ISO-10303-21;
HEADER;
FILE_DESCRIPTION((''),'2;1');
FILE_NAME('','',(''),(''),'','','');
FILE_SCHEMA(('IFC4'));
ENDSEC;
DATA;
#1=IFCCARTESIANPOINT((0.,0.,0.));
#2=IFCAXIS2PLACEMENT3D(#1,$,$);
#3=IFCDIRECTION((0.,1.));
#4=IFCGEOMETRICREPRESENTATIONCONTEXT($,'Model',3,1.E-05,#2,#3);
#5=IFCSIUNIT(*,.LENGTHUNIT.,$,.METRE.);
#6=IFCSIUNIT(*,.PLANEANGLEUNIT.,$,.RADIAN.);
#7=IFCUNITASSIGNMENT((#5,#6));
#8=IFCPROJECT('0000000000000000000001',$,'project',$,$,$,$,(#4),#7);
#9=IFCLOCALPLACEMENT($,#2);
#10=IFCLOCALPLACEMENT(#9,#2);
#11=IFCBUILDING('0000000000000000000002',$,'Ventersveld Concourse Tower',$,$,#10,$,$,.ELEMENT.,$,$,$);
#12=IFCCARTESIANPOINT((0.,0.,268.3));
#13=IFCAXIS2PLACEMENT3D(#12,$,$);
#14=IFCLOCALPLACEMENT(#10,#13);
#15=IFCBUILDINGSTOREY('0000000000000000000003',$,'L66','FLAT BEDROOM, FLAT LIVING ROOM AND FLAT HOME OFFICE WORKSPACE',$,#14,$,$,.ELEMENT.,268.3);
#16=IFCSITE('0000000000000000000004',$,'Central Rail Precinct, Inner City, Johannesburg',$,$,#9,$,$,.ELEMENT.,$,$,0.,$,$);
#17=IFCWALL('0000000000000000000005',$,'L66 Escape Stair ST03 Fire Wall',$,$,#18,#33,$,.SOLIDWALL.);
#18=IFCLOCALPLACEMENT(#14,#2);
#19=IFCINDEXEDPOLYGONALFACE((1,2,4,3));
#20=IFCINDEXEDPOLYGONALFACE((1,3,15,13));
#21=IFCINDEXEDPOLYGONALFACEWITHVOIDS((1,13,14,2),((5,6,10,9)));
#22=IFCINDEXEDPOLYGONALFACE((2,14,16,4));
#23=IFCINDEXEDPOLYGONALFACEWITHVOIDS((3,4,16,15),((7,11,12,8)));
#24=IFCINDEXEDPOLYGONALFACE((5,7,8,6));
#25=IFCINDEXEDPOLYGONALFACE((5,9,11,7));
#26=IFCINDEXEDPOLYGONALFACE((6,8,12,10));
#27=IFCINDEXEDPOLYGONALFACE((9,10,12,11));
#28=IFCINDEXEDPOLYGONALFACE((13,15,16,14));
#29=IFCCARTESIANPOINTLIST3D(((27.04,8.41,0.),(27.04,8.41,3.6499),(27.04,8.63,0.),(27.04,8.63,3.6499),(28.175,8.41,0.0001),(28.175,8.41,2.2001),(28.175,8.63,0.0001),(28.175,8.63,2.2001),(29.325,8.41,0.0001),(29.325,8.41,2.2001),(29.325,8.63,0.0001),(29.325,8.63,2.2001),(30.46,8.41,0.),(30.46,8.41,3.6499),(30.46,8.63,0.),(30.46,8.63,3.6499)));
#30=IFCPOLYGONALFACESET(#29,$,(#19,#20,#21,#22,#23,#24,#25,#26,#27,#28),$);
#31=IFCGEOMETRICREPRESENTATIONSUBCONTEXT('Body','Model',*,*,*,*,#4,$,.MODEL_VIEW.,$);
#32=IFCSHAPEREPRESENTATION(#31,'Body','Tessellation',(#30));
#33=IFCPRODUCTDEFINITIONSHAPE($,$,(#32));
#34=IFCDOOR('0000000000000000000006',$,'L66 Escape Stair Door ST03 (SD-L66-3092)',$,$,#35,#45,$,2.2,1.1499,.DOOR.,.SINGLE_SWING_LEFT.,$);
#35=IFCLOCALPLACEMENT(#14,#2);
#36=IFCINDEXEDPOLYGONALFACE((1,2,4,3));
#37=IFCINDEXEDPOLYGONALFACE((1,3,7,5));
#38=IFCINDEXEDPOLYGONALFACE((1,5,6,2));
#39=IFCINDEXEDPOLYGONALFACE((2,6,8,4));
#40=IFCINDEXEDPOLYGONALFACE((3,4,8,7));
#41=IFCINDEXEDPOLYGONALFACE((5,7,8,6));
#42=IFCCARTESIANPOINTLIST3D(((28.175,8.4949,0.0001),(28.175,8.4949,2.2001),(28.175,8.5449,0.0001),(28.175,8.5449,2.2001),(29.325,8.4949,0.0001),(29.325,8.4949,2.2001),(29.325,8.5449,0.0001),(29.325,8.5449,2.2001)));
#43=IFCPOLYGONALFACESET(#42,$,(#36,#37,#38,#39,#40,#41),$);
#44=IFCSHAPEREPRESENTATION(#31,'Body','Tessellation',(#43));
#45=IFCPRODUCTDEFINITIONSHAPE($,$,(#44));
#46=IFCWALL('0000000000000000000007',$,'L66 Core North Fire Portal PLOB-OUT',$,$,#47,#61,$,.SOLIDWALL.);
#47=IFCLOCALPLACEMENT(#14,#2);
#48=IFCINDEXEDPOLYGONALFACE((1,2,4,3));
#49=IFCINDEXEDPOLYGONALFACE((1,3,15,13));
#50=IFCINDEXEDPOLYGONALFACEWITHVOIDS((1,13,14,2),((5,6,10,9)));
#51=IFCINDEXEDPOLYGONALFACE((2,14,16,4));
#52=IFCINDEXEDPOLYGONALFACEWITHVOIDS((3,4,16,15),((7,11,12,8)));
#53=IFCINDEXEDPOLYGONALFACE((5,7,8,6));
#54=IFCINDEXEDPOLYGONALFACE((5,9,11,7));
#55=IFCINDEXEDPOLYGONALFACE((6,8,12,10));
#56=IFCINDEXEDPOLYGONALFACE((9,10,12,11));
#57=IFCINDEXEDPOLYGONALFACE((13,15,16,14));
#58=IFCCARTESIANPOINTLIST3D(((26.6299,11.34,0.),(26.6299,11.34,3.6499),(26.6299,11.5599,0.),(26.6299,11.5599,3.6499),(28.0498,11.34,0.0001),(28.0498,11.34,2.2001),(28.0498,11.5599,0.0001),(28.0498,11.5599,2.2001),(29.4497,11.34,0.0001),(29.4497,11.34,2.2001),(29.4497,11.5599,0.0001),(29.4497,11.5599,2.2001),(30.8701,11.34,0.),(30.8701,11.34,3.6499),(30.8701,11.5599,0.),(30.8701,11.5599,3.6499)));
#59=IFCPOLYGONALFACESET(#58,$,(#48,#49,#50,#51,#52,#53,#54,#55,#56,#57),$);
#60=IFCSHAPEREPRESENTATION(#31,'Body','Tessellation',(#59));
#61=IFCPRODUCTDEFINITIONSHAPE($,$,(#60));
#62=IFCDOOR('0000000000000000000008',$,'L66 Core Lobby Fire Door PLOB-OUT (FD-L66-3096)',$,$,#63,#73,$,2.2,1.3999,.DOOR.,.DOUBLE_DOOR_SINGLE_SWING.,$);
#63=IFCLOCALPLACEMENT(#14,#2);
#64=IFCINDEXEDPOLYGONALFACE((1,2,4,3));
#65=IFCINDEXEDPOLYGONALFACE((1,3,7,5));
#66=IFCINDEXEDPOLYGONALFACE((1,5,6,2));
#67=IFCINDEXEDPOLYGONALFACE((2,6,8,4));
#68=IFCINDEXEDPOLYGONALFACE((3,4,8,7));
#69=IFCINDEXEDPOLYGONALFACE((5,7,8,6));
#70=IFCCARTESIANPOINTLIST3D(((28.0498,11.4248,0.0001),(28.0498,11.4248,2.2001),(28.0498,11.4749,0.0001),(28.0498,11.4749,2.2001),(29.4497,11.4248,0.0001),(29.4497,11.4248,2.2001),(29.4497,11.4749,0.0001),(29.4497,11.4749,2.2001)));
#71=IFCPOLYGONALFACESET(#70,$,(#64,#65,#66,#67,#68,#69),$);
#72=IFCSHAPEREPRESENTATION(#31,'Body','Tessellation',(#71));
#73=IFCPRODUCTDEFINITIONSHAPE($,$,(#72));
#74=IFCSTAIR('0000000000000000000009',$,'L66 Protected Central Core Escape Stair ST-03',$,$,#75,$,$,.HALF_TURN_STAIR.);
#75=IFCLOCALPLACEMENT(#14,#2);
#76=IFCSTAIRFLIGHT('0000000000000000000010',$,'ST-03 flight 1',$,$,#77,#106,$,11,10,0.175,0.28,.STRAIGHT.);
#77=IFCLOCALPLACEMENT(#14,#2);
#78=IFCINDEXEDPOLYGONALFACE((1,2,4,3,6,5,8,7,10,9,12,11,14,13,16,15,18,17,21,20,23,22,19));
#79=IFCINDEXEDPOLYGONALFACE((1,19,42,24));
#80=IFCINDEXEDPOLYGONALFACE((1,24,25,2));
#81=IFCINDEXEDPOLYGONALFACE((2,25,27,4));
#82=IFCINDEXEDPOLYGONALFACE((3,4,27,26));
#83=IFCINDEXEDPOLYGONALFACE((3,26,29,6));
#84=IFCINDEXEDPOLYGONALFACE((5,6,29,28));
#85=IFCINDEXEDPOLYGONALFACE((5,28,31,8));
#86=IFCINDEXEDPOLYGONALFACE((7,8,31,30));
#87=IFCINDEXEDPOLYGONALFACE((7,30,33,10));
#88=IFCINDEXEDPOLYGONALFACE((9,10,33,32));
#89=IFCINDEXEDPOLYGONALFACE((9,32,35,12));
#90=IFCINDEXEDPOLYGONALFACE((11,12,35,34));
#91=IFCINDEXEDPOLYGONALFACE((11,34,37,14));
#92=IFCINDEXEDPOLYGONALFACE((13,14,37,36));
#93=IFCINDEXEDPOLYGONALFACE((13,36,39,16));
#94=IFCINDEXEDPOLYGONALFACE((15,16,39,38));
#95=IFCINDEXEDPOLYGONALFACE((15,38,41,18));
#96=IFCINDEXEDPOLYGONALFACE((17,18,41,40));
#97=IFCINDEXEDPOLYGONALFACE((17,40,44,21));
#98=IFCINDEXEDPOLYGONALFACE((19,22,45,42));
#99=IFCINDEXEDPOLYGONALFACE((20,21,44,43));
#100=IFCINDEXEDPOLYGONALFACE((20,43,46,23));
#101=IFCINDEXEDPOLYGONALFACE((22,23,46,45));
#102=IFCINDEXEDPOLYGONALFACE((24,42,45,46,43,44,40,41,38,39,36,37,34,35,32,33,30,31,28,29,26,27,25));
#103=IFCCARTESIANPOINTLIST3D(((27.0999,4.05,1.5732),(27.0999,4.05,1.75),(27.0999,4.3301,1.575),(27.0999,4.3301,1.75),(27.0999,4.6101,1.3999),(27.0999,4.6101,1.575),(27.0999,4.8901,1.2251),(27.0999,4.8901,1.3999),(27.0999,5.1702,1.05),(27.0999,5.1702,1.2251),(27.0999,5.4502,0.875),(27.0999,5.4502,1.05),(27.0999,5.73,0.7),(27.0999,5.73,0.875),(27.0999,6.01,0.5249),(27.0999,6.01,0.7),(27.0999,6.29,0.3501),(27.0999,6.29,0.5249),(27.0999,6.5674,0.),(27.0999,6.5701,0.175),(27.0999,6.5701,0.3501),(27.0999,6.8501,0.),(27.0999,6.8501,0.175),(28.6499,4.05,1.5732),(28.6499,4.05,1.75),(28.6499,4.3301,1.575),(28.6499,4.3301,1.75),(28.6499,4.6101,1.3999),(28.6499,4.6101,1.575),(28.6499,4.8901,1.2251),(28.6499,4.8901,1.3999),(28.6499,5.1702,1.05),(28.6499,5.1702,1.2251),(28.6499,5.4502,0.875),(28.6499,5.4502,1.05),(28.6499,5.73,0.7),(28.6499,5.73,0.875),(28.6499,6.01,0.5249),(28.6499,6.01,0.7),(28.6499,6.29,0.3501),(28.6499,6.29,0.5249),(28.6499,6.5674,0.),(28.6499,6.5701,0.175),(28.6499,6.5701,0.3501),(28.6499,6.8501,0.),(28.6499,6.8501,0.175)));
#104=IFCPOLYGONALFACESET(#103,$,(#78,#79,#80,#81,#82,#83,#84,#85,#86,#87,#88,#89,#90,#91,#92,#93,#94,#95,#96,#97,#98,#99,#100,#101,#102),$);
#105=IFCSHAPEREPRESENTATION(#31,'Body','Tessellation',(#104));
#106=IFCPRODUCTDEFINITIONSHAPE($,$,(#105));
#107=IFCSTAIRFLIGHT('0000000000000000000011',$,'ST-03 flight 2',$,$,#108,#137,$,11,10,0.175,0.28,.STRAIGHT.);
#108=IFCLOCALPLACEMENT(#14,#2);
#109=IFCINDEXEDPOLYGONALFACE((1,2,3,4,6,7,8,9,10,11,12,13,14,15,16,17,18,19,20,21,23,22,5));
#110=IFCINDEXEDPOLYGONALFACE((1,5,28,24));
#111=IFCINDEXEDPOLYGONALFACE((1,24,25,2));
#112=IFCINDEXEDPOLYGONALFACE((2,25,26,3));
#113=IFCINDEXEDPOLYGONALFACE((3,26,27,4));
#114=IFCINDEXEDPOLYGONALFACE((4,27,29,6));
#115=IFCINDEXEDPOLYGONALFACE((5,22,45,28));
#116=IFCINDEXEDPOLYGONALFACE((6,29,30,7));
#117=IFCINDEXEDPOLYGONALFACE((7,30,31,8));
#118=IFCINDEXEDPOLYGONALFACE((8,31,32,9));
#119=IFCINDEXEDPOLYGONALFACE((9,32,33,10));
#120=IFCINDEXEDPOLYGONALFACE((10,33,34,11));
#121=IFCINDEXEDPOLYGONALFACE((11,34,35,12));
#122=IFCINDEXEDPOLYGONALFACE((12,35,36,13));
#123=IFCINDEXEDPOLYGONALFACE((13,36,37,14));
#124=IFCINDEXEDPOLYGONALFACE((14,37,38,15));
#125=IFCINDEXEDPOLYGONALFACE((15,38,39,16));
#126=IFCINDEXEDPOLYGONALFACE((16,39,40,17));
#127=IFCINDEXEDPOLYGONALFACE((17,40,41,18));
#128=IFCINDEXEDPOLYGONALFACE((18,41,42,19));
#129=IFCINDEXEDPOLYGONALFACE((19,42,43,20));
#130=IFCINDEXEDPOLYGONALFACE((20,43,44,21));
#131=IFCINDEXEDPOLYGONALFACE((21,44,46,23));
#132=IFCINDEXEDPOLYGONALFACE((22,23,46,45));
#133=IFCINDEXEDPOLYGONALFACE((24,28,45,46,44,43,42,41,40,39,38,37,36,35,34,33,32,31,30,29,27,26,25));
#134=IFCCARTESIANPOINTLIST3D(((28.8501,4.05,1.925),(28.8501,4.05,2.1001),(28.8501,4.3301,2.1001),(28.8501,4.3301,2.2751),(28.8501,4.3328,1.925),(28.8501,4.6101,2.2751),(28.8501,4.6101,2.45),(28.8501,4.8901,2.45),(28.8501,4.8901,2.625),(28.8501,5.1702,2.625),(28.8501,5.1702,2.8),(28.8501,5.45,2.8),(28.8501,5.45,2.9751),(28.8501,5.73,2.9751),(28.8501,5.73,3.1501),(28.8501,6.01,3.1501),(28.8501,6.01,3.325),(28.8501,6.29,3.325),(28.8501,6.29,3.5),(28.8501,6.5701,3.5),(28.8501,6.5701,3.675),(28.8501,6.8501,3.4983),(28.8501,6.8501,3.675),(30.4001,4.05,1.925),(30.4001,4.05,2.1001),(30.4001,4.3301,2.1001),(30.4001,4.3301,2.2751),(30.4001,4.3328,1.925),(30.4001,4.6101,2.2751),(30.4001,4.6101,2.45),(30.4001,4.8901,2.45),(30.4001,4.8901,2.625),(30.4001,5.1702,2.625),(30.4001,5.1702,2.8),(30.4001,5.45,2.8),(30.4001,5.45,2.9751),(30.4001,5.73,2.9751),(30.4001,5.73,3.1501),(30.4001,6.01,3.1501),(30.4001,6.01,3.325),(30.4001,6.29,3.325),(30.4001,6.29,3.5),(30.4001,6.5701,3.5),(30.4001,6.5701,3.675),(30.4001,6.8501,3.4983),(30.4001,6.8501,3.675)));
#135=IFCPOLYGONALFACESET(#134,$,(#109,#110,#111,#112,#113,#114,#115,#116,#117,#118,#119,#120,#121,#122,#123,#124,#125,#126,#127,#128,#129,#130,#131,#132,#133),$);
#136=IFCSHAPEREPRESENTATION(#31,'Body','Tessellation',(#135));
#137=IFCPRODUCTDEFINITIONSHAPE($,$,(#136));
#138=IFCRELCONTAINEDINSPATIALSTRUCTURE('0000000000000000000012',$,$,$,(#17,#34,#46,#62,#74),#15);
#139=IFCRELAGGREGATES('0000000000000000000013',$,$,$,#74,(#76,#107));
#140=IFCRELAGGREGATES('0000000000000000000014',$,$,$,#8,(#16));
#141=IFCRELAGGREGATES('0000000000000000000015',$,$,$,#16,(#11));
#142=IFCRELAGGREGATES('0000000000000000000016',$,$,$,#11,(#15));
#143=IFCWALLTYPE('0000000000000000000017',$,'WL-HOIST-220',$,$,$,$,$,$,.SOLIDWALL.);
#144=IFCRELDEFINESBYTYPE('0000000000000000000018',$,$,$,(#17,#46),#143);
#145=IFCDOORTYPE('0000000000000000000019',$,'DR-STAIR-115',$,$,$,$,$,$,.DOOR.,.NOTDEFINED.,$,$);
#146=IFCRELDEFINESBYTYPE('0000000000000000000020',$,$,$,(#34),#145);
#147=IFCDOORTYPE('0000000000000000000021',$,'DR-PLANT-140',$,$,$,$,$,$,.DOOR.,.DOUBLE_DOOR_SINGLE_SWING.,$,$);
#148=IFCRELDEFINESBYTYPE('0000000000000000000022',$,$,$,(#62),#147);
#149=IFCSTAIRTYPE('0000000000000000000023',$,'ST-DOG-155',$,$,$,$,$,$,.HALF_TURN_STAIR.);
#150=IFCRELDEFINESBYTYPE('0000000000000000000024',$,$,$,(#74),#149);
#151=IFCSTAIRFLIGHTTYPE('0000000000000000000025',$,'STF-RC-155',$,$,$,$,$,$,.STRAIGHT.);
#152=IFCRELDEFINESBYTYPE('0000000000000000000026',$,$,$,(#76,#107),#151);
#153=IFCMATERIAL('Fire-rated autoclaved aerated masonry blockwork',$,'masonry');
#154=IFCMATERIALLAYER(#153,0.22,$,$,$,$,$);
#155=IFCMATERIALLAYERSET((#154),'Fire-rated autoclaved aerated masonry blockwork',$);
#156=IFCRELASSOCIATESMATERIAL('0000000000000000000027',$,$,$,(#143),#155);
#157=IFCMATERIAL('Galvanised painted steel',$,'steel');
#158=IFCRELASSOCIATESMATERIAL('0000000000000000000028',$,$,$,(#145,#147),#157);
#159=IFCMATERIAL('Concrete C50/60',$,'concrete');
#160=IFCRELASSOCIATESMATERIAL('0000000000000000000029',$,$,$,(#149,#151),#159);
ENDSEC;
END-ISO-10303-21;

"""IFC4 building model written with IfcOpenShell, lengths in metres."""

from ifc_helpers import new_model, si_unit, direction, frame, frame_2d, origin, place, context, subcontext, project, spatial, polyline, rectangle, outline, extrude, material, layer, layer_set, type_object, element, fill, aggregate, save


model = new_model("IFC4")

# Units and contexts
model_context = context("Model", 3, precision=1e-05, world=origin(), true_north=direction((0.0, 1.0)))
body_context = subcontext(model_context, "Body", "Model", "MODEL_VIEW")
ifc_project = project(units=[si_unit("LENGTHUNIT", "METRE"), si_unit("PLANEANGLEUNIT", "RADIAN")], contexts=[model_context])

# Site, building, storey
site_placement = place(None, origin())
site = spatial("IfcSite", under=ifc_project, at=site_placement, Name="Central Rail Precinct, Inner City, Johannesburg", CompositionType="ELEMENT", RefElevation=0.0)
building_placement = place(site_placement, origin())
building = spatial("IfcBuilding", under=site, at=building_placement, Name="Ventersveld Concourse Tower", CompositionType="ELEMENT")
storey_placement = place(building_placement, frame((0.0, 0.0, 268.3)))
storey = spatial("IfcBuildingStorey", under=building, at=storey_placement, Name="L66", Description="FLAT BEDROOM, FLAT LIVING ROOM AND FLAT HOME OFFICE WORKSPACE", CompositionType="ELEMENT", Elevation=268.3)

# Shared definitions
ifc_material_1 = material(Name="Concrete C50/60", Category="concrete")

# Walls, openings, doors
ifc_material_2 = material(Name="Fire-rated autoclaved aerated masonry blockwork", Category="masonry")
ifc_material_3 = material(Name="Galvanised painted steel", Category="steel")
ifc_layer_1 = layer(ifc_material_2, 0.22)
ifc_layer_set_1 = layer_set([ifc_layer_1], Name="Fire-rated autoclaved aerated masonry blockwork")
wall_type_1 = type_object("IfcWallType", Name="WL-HOIST-220", PredefinedType="SOLIDWALL", material=ifc_layer_set_1)
wall_1_placement = place(storey_placement, frame((27.04, 8.52, 0.0), z_axis=(0.0, 0.0, 1.0), x_axis=(1.0, 0.0, 0.0)))
wall_1 = element("IfcWall", 1, at=wall_1_placement, inside=storey, type_object=wall_type_1, Name="L66 Escape Stair ST03 Fire Wall", PredefinedType="SOLIDWALL", context=body_context, shape_type="SweptSolid", body=[
    extrude(rectangle(XDim=3.4199, YDim=0.22, at=frame_2d((1.71, 0.0))), origin(), (0.0, 0.0, 1.0), 3.6499),
])
opening_1_placement = place(wall_1_placement, frame((1.135, 0.0, 0.0)))
opening_1 = element("IfcOpeningElement", 2, at=opening_1_placement, cuts=wall_1, PredefinedType="OPENING", context=body_context, shape_type="SweptSolid", body=[
    extrude(rectangle(XDim=1.1499, YDim=2.2, at=frame_2d((0.575, 1.1001))), frame((0.0, 0.1201, 0.0), z_axis=(0.0, -1.0, 0.0), x_axis=(1.0, 0.0, 0.0)), (0.0, 0.0, 1.0), 0.24),
])
door_type_1 = type_object("IfcDoorType", Name="DR-STAIR-115", OperationType="NOTDEFINED", PredefinedType="DOOR", material=ifc_material_3)
door_1_placement = place(opening_1_placement, origin())
door_1 = element("IfcDoor", 3, at=door_1_placement, inside=storey, type_object=door_type_1, Name="L66 Escape Stair Door ST03 (SD-L66-3092)", OperationType="SINGLE_SWING_LEFT", OverallHeight=2.2, OverallWidth=1.1499, PredefinedType="DOOR", context=body_context, shape_type="SweptSolid", body=[
    extrude(rectangle(XDim=1.1499, YDim=2.2, at=frame_2d((0.575, 1.1001))), frame((0.0, 0.0249, 0.0), z_axis=(0.0, -1.0, 0.0), x_axis=(1.0, 0.0, 0.0)), (0.0, 0.0, 1.0), 0.05),
])
fill(opening_1, door_1)
wall_2_placement = place(storey_placement, frame((26.6299, 11.45, 0.0), z_axis=(0.0, 0.0, 1.0), x_axis=(1.0, 0.0, 0.0)))
wall_2 = element("IfcWall", 4, at=wall_2_placement, inside=storey, type_object=wall_type_1, Name="L66 Core North Fire Portal PLOB-OUT", PredefinedType="SOLIDWALL", context=body_context, shape_type="SweptSolid", body=[
    extrude(rectangle(XDim=4.2402, YDim=0.22, at=frame_2d((2.1201, 0.0))), origin(), (0.0, 0.0, 1.0), 3.6499),
])
opening_2_placement = place(wall_2_placement, frame((1.4199, 0.0, 0.0)))
opening_2 = element("IfcOpeningElement", 5, at=opening_2_placement, cuts=wall_2, PredefinedType="OPENING", context=body_context, shape_type="SweptSolid", body=[
    extrude(rectangle(XDim=1.3999, YDim=2.2, at=frame_2d((0.7, 1.1001))), frame((0.0, 0.1201, 0.0), z_axis=(0.0, -1.0, 0.0), x_axis=(1.0, 0.0, 0.0)), (0.0, 0.0, 1.0), 0.24),
])
door_type_2 = type_object("IfcDoorType", Name="DR-PLANT-140", OperationType="DOUBLE_DOOR_SINGLE_SWING", PredefinedType="DOOR", material=ifc_material_3)
door_2_placement = place(opening_2_placement, origin())
door_2 = element("IfcDoor", 6, at=door_2_placement, inside=storey, type_object=door_type_2, Name="L66 Core Lobby Fire Door PLOB-OUT (FD-L66-3096)", OperationType="DOUBLE_DOOR_SINGLE_SWING", OverallHeight=2.2, OverallWidth=1.3999, PredefinedType="DOOR", context=body_context, shape_type="SweptSolid", body=[
    extrude(rectangle(XDim=1.3999, YDim=2.2, at=frame_2d((0.7, 1.1001))), frame((0.0, 0.0249, 0.0), z_axis=(0.0, -1.0, 0.0), x_axis=(1.0, 0.0, 0.0)), (0.0, 0.0, 1.0), 0.05),
])
fill(opening_2, door_2)

# Stair, stair flights
stair_type = type_object("IfcStairType", Name="ST-DOG-155", PredefinedType="HALF_TURN_STAIR", material=ifc_material_1)
stair_placement = place(storey_placement, origin())
stair = element("IfcStair", 7, at=stair_placement, inside=storey, type_object=stair_type, Name="L66 Protected Central Core Escape Stair ST-03", PredefinedType="HALF_TURN_STAIR")
stair_flight_type = type_object("IfcStairFlightType", Name="STF-RC-155", PredefinedType="STRAIGHT", material=ifc_material_1)
stair_flight_1_placement = place(storey_placement, frame((27.875, 6.8501, 0.0), z_axis=(0.0, 0.0, 1.0), x_axis=(0.0, -1.0, 0.0)))
stair_flight_1 = element("IfcStairFlight", 8, at=stair_flight_1_placement, type_object=stair_flight_type, Name="ST-03 flight 1", NumberOfRisers=11, NumberOfTreads=10, PredefinedType="STRAIGHT", RiserHeight=0.175, TreadLength=0.28, context=body_context, shape_type="SweptSolid", body=[
    extrude(outline(polyline([(0.0, 0.0), (0.0, 0.175), (0.28, 0.175), (0.28, 0.3501), (0.5601, 0.3501), (0.5601, 0.5249), (0.8401, 0.5249), (0.8401, 0.7), (1.1201, 0.7), (1.1201, 0.875), (1.3999, 0.875), (1.3999, 1.05), (1.6799, 1.05), (1.6799, 1.2251), (1.96, 1.2251), (1.96, 1.3999), (2.24, 1.3999), (2.24, 1.575), (2.52, 1.575), (2.52, 1.75), (2.8, 1.75), (2.8, 1.925), (2.8, 1.5732), (0.2827, 0.0), (0.0, 0.0)])), frame((0.0, 0.7749, 0.0), z_axis=(0.0, -1.0, 0.0), x_axis=(1.0, 0.0, 0.0)), (0.0, 0.0, 1.0), 1.55),
])
stair_flight_2_placement = place(storey_placement, frame((29.625, 4.05, 1.925), z_axis=(0.0, 0.0, 1.0), x_axis=(0.0, 1.0, 0.0)))
stair_flight_2 = element("IfcStairFlight", 9, at=stair_flight_2_placement, type_object=stair_flight_type, Name="ST-03 flight 2", NumberOfRisers=11, NumberOfTreads=10, PredefinedType="STRAIGHT", RiserHeight=0.175, TreadLength=0.28, context=body_context, shape_type="SweptSolid", body=[
    extrude(outline(polyline([(0.0, 0.0), (0.0, 0.175), (0.28, 0.175), (0.28, 0.3501), (0.5601, 0.3501), (0.5601, 0.5249), (0.8401, 0.5249), (0.8401, 0.7), (1.1201, 0.7), (1.1201, 0.875), (1.3999, 0.875), (1.3999, 1.05), (1.6799, 1.05), (1.6799, 1.2251), (1.96, 1.2251), (1.96, 1.3999), (2.24, 1.3999), (2.24, 1.575), (2.52, 1.575), (2.52, 1.75), (2.8, 1.75), (2.8, 1.925), (2.8, 1.5732), (0.2827, 0.0), (0.0, 0.0)])), frame((0.0, 0.7749, 0.0), z_axis=(0.0, -1.0, 0.0), x_axis=(1.0, 0.0, 0.0)), (0.0, 0.0, 1.0), 1.55),
])
aggregate(stair, [stair_flight_1, stair_flight_2])

save(model, "model.ifc")
